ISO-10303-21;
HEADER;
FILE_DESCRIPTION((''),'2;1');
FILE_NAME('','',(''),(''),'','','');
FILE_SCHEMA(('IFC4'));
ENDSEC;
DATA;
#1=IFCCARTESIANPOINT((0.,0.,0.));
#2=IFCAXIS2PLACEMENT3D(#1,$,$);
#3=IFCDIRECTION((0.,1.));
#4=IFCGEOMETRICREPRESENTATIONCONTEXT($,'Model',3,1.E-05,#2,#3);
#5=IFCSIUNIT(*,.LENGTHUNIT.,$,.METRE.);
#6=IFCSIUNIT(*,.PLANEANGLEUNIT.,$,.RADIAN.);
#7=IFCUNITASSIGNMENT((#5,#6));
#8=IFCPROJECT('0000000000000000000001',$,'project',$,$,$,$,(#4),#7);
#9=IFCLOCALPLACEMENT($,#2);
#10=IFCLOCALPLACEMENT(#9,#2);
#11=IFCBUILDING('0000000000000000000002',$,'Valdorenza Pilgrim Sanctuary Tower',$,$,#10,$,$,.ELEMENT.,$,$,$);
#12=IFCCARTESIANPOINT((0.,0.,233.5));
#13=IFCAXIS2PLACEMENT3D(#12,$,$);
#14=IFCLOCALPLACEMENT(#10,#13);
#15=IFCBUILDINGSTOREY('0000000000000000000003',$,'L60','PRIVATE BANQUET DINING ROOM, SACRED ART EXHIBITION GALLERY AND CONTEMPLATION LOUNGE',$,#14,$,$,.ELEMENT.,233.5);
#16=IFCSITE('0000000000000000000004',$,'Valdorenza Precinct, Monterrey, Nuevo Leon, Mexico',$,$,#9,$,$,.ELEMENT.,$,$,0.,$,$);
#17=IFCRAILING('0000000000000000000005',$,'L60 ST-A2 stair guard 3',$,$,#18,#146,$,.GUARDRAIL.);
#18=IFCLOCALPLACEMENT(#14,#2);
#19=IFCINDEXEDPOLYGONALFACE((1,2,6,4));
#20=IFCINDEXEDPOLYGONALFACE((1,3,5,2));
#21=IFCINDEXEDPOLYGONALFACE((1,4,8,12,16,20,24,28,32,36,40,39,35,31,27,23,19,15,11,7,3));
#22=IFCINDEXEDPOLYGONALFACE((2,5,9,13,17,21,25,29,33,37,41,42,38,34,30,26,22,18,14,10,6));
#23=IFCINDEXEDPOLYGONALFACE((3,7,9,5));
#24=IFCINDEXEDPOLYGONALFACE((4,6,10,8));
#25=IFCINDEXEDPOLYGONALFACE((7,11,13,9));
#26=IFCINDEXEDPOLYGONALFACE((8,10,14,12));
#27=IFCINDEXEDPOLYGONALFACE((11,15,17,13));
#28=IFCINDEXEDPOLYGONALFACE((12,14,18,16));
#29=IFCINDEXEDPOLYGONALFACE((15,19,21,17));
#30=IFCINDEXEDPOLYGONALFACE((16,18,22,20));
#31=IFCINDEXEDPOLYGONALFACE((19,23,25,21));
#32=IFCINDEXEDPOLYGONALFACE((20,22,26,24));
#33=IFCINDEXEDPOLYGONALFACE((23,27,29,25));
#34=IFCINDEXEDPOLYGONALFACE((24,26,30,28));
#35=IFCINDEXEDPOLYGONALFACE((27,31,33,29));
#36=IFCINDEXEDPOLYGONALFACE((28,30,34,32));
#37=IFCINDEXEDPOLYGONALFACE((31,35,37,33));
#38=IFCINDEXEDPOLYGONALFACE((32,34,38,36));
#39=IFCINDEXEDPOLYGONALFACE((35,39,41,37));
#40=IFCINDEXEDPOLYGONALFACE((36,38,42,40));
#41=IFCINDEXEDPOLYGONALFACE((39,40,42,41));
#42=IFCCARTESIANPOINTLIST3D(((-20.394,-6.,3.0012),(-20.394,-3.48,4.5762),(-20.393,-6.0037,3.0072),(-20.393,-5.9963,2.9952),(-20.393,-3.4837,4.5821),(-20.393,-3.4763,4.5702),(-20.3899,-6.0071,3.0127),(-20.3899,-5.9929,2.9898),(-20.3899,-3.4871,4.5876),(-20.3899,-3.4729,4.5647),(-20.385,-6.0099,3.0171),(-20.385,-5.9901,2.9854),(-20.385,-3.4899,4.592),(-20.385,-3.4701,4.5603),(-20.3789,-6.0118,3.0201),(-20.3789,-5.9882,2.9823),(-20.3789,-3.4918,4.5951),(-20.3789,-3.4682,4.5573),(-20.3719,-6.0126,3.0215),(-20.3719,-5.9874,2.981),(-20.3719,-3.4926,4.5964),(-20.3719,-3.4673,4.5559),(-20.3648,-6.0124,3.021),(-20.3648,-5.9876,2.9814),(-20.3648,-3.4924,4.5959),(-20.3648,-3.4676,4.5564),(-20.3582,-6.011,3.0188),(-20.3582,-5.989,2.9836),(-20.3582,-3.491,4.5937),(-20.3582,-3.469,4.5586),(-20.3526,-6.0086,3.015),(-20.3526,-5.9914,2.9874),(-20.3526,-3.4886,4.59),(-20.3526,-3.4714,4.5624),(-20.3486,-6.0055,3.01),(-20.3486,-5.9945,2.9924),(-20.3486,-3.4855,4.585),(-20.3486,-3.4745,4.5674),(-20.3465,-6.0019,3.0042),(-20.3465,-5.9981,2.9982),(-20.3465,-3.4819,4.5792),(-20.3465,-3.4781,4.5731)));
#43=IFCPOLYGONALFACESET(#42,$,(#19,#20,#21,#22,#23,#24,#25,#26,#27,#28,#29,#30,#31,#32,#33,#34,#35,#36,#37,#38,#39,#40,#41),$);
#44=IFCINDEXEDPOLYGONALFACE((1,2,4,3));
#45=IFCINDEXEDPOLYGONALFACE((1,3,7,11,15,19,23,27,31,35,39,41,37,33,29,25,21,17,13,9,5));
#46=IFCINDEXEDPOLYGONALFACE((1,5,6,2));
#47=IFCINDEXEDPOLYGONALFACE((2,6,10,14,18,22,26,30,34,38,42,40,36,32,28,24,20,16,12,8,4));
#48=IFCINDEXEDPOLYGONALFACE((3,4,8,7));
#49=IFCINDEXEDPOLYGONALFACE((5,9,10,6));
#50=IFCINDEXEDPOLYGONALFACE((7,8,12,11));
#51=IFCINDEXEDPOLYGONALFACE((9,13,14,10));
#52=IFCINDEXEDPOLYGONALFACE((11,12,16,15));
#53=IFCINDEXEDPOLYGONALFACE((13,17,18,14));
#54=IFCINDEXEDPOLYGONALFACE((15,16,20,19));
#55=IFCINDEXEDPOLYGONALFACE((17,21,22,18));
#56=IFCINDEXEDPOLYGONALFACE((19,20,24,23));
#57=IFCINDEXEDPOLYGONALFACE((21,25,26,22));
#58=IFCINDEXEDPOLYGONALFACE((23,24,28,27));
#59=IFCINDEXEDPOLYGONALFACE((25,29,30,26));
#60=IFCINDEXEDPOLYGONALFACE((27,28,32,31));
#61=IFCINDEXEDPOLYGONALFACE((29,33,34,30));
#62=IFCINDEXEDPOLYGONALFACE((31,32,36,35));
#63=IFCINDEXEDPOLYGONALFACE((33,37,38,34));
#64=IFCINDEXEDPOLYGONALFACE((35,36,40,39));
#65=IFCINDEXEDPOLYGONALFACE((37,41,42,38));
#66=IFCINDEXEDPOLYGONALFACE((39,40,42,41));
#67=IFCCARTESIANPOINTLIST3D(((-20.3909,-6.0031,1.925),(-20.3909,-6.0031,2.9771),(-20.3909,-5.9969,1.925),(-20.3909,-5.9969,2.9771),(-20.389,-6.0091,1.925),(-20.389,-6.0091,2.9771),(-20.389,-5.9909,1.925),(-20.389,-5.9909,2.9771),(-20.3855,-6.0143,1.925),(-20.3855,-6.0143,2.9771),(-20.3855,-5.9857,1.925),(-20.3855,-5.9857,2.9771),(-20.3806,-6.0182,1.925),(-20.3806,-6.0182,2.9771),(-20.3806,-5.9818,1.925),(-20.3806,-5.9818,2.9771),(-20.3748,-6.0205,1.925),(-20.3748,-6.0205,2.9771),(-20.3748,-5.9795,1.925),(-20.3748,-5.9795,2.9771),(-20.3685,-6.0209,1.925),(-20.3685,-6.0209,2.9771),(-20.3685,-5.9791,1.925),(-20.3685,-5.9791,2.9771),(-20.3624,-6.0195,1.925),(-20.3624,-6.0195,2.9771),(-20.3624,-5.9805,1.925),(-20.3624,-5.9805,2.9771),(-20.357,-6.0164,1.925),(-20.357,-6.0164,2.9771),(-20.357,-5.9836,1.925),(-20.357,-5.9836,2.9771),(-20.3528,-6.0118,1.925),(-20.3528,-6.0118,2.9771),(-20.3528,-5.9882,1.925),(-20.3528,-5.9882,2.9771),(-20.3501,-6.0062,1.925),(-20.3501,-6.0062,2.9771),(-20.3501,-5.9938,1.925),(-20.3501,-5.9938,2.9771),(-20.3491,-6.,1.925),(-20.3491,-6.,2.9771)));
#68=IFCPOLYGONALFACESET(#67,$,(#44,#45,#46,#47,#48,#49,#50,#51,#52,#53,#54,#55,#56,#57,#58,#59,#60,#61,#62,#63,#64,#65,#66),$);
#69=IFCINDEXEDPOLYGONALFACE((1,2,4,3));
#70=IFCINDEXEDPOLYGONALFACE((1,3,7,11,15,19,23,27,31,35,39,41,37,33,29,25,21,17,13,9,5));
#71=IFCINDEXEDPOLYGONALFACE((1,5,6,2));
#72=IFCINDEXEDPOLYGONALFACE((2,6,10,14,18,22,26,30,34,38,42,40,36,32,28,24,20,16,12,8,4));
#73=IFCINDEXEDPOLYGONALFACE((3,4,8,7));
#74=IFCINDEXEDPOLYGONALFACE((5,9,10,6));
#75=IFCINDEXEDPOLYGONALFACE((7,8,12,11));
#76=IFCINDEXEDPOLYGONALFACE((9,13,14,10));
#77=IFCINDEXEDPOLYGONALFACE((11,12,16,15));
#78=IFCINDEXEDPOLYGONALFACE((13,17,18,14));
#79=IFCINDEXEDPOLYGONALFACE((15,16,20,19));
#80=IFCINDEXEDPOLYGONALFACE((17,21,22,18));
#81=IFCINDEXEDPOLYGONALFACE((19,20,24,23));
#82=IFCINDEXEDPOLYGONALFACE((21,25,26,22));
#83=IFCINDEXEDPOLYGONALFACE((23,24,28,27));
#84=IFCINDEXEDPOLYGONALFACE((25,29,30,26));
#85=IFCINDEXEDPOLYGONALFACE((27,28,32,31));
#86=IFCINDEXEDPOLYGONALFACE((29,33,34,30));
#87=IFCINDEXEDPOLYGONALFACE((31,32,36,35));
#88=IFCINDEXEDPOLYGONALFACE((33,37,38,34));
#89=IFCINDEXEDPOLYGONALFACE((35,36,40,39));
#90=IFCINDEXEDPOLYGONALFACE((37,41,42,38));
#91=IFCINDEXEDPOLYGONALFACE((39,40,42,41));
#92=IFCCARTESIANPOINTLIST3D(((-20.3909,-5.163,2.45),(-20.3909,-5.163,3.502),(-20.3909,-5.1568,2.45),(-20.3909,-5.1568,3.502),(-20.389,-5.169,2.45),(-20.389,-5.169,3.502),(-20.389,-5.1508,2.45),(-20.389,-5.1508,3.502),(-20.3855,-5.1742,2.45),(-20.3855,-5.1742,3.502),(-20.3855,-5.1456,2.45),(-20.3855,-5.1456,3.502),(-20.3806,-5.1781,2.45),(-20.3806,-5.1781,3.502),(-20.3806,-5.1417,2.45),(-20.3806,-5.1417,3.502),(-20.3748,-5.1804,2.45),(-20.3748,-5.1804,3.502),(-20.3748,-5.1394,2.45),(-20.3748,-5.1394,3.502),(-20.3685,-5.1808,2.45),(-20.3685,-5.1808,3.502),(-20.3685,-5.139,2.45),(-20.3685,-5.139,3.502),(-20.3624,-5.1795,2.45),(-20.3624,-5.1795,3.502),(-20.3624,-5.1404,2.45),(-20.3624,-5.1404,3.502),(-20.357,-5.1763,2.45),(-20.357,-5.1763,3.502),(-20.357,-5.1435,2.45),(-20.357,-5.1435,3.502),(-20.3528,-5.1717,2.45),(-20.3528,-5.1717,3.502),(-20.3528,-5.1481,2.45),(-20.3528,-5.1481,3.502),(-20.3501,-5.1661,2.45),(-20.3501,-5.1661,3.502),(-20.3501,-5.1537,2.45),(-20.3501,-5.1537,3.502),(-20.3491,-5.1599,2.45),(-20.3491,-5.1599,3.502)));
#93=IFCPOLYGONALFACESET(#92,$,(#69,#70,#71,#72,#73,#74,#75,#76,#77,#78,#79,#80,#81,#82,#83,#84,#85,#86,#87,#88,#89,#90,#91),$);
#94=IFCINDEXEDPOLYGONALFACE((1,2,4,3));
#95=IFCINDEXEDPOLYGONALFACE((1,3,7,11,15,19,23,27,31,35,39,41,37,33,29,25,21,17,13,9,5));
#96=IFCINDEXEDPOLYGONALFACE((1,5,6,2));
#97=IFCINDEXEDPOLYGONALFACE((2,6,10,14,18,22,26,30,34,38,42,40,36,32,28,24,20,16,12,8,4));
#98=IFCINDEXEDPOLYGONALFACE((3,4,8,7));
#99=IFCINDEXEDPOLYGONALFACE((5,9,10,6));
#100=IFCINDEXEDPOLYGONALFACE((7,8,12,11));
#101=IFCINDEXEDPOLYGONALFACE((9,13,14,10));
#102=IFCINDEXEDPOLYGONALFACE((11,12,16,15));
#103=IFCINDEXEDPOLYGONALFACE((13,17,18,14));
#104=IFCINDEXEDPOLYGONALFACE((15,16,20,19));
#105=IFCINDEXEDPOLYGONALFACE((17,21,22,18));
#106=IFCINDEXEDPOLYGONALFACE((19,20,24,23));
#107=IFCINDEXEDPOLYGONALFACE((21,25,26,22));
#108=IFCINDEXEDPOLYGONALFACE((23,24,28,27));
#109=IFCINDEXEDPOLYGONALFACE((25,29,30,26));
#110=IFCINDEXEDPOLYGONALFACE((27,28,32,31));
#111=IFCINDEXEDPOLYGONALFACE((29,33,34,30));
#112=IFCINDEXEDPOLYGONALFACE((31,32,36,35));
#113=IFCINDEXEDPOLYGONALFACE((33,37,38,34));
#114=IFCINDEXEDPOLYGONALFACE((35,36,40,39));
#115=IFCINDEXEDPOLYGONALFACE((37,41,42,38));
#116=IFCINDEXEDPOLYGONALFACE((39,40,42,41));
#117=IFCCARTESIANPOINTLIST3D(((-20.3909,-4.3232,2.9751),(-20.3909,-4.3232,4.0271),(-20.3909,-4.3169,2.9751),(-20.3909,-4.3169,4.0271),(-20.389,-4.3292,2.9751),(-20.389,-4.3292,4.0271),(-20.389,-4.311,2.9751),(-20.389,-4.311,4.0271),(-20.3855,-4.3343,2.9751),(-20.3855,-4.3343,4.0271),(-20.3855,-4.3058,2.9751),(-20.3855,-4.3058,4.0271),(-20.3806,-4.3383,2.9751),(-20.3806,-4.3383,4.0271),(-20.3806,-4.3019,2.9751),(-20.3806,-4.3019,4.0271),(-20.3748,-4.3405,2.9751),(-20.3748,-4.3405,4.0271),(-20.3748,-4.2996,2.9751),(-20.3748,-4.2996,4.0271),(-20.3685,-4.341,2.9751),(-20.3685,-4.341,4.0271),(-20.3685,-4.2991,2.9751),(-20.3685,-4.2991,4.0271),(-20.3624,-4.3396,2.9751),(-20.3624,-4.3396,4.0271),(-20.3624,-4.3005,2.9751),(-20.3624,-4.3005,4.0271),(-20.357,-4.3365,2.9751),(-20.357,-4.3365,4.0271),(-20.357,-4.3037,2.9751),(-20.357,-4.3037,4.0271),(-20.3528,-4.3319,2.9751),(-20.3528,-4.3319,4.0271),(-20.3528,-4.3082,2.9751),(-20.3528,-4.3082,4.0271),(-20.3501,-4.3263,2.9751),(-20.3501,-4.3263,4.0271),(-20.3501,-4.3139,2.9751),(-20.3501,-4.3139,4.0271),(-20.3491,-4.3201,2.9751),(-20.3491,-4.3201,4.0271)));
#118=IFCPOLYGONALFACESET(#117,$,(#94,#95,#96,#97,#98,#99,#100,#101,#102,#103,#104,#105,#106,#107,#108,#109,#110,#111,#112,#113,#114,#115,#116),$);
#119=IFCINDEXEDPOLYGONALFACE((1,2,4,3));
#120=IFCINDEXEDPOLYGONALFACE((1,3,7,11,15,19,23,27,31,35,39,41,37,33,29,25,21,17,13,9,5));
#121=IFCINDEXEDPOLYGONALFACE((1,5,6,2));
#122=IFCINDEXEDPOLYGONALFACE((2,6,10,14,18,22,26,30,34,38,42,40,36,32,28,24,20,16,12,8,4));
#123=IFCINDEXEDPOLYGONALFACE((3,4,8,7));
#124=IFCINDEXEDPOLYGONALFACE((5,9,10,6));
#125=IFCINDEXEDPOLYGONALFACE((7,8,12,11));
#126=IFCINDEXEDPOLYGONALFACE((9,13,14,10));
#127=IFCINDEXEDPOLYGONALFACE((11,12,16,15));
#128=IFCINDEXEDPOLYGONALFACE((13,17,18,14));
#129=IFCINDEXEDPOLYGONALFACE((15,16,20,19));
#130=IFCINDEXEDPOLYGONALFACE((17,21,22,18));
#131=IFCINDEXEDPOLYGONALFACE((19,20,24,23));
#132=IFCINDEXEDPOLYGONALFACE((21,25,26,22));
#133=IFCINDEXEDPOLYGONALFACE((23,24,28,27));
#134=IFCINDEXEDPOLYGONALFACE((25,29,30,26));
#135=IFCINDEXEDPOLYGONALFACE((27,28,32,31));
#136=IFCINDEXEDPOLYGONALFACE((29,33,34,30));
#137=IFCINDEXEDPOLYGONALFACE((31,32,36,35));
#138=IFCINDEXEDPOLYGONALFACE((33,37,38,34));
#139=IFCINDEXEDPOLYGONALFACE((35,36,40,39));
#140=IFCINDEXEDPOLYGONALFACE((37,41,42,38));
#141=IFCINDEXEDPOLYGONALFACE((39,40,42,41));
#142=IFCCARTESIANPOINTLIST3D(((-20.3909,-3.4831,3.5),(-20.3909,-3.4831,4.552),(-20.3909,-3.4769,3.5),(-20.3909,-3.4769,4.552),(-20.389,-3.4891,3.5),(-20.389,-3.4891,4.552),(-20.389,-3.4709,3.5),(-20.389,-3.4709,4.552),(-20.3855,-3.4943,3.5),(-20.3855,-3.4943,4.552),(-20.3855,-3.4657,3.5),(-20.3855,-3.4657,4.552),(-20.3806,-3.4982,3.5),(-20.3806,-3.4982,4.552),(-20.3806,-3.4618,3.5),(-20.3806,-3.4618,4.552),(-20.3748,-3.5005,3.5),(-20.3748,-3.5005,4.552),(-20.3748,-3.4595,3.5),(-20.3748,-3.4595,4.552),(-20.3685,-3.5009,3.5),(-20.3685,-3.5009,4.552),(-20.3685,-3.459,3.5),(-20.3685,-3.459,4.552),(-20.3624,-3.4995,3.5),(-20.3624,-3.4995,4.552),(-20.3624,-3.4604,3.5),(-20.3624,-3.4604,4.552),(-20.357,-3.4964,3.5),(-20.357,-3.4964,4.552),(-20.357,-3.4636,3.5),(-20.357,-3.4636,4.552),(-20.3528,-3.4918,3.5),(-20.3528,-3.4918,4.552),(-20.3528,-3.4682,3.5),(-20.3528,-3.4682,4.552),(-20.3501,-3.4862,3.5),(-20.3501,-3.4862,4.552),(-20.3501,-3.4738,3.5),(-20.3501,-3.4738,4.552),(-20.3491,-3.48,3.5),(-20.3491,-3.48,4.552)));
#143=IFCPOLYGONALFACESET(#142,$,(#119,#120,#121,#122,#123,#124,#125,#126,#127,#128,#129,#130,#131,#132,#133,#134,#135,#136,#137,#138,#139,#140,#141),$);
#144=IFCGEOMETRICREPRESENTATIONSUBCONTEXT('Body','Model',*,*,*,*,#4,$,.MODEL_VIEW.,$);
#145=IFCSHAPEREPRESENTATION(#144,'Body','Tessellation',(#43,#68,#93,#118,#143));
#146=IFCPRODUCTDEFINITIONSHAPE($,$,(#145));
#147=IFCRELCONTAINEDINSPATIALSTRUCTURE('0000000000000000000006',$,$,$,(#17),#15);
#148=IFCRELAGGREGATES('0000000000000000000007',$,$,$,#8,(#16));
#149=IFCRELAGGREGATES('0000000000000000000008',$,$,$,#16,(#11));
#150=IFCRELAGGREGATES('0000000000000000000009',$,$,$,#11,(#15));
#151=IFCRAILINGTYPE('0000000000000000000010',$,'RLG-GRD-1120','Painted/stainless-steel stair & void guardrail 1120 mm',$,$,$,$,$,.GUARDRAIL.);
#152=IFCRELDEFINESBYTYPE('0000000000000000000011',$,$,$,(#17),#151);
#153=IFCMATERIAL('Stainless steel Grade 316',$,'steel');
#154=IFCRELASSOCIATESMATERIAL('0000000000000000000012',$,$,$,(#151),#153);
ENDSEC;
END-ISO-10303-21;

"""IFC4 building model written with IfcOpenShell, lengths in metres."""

from ifc_helpers import new_model, si_unit, direction, frame, origin, origin_2d, place, context, subcontext, project, spatial, circle, extrude, material, type_object, element, save


model = new_model("IFC4")

# Units and contexts
model_context = context("Model", 3, precision=1e-05, world=origin(), true_north=direction((0.0, 1.0)))
body_context = subcontext(model_context, "Body", "Model", "MODEL_VIEW")
ifc_project = project(units=[si_unit("LENGTHUNIT", "METRE"), si_unit("PLANEANGLEUNIT", "RADIAN")], contexts=[model_context])

# Site, building, storey
site_placement = place(None, origin())
site = spatial("IfcSite", under=ifc_project, at=site_placement, Name="Valdorenza Precinct, Monterrey, Nuevo Leon, Mexico", CompositionType="ELEMENT", RefElevation=0.0)
building_placement = place(site_placement, origin())
building = spatial("IfcBuilding", under=site, at=building_placement, Name="Valdorenza Pilgrim Sanctuary Tower", CompositionType="ELEMENT")
storey_placement = place(building_placement, frame((0.0, 0.0, 233.5)))
storey = spatial("IfcBuildingStorey", under=building, at=storey_placement, Name="L60", Description="PRIVATE BANQUET DINING ROOM, SACRED ART EXHIBITION GALLERY AND CONTEMPLATION LOUNGE", CompositionType="ELEMENT", Elevation=233.5)

# Railing
ifc_material_1 = material(Name="Stainless steel Grade 316", Category="steel")
railing_type_1 = type_object("IfcRailingType", Name="RLG-GRD-1120", Description="Painted/stainless-steel stair & void guardrail 1120 mm", PredefinedType="GUARDRAIL", material=ifc_material_1)
railing_1_placement = place(storey_placement, frame((-20.3701, -6.0, 1.925)))
element("IfcRailing", 1, at=railing_1_placement, inside=storey, type_object=railing_type_1, Name="L60 ST-A2 stair guard 3", PredefinedType="GUARDRAIL", context=body_context, shape_type="SweptSolid", body=[
    extrude(circle(Radius=0.0239, at=origin_2d()), frame((0.0, 0.0, 1.0762), z_axis=(0.0, 0.848008, 0.529984), x_axis=(-1.0, 0.0, 0.0)), (0.0, 0.0, 1.0), 2.9717),
    extrude(circle(Radius=0.021, at=origin_2d()), origin(), (0.0, 0.0, 1.0), 1.052),
    extrude(circle(Radius=0.021, at=origin_2d()), frame((0.0, 0.8401, 0.5249)), (0.0, 0.0, 1.0), 1.052),
    extrude(circle(Radius=0.021, at=origin_2d()), frame((0.0, 1.6799, 1.05)), (0.0, 0.0, 1.0), 1.052),
    extrude(circle(Radius=0.021, at=origin_2d()), frame((0.0, 2.52, 1.575)), (0.0, 0.0, 1.0), 1.052),
])

save(model, "model.ifc")
